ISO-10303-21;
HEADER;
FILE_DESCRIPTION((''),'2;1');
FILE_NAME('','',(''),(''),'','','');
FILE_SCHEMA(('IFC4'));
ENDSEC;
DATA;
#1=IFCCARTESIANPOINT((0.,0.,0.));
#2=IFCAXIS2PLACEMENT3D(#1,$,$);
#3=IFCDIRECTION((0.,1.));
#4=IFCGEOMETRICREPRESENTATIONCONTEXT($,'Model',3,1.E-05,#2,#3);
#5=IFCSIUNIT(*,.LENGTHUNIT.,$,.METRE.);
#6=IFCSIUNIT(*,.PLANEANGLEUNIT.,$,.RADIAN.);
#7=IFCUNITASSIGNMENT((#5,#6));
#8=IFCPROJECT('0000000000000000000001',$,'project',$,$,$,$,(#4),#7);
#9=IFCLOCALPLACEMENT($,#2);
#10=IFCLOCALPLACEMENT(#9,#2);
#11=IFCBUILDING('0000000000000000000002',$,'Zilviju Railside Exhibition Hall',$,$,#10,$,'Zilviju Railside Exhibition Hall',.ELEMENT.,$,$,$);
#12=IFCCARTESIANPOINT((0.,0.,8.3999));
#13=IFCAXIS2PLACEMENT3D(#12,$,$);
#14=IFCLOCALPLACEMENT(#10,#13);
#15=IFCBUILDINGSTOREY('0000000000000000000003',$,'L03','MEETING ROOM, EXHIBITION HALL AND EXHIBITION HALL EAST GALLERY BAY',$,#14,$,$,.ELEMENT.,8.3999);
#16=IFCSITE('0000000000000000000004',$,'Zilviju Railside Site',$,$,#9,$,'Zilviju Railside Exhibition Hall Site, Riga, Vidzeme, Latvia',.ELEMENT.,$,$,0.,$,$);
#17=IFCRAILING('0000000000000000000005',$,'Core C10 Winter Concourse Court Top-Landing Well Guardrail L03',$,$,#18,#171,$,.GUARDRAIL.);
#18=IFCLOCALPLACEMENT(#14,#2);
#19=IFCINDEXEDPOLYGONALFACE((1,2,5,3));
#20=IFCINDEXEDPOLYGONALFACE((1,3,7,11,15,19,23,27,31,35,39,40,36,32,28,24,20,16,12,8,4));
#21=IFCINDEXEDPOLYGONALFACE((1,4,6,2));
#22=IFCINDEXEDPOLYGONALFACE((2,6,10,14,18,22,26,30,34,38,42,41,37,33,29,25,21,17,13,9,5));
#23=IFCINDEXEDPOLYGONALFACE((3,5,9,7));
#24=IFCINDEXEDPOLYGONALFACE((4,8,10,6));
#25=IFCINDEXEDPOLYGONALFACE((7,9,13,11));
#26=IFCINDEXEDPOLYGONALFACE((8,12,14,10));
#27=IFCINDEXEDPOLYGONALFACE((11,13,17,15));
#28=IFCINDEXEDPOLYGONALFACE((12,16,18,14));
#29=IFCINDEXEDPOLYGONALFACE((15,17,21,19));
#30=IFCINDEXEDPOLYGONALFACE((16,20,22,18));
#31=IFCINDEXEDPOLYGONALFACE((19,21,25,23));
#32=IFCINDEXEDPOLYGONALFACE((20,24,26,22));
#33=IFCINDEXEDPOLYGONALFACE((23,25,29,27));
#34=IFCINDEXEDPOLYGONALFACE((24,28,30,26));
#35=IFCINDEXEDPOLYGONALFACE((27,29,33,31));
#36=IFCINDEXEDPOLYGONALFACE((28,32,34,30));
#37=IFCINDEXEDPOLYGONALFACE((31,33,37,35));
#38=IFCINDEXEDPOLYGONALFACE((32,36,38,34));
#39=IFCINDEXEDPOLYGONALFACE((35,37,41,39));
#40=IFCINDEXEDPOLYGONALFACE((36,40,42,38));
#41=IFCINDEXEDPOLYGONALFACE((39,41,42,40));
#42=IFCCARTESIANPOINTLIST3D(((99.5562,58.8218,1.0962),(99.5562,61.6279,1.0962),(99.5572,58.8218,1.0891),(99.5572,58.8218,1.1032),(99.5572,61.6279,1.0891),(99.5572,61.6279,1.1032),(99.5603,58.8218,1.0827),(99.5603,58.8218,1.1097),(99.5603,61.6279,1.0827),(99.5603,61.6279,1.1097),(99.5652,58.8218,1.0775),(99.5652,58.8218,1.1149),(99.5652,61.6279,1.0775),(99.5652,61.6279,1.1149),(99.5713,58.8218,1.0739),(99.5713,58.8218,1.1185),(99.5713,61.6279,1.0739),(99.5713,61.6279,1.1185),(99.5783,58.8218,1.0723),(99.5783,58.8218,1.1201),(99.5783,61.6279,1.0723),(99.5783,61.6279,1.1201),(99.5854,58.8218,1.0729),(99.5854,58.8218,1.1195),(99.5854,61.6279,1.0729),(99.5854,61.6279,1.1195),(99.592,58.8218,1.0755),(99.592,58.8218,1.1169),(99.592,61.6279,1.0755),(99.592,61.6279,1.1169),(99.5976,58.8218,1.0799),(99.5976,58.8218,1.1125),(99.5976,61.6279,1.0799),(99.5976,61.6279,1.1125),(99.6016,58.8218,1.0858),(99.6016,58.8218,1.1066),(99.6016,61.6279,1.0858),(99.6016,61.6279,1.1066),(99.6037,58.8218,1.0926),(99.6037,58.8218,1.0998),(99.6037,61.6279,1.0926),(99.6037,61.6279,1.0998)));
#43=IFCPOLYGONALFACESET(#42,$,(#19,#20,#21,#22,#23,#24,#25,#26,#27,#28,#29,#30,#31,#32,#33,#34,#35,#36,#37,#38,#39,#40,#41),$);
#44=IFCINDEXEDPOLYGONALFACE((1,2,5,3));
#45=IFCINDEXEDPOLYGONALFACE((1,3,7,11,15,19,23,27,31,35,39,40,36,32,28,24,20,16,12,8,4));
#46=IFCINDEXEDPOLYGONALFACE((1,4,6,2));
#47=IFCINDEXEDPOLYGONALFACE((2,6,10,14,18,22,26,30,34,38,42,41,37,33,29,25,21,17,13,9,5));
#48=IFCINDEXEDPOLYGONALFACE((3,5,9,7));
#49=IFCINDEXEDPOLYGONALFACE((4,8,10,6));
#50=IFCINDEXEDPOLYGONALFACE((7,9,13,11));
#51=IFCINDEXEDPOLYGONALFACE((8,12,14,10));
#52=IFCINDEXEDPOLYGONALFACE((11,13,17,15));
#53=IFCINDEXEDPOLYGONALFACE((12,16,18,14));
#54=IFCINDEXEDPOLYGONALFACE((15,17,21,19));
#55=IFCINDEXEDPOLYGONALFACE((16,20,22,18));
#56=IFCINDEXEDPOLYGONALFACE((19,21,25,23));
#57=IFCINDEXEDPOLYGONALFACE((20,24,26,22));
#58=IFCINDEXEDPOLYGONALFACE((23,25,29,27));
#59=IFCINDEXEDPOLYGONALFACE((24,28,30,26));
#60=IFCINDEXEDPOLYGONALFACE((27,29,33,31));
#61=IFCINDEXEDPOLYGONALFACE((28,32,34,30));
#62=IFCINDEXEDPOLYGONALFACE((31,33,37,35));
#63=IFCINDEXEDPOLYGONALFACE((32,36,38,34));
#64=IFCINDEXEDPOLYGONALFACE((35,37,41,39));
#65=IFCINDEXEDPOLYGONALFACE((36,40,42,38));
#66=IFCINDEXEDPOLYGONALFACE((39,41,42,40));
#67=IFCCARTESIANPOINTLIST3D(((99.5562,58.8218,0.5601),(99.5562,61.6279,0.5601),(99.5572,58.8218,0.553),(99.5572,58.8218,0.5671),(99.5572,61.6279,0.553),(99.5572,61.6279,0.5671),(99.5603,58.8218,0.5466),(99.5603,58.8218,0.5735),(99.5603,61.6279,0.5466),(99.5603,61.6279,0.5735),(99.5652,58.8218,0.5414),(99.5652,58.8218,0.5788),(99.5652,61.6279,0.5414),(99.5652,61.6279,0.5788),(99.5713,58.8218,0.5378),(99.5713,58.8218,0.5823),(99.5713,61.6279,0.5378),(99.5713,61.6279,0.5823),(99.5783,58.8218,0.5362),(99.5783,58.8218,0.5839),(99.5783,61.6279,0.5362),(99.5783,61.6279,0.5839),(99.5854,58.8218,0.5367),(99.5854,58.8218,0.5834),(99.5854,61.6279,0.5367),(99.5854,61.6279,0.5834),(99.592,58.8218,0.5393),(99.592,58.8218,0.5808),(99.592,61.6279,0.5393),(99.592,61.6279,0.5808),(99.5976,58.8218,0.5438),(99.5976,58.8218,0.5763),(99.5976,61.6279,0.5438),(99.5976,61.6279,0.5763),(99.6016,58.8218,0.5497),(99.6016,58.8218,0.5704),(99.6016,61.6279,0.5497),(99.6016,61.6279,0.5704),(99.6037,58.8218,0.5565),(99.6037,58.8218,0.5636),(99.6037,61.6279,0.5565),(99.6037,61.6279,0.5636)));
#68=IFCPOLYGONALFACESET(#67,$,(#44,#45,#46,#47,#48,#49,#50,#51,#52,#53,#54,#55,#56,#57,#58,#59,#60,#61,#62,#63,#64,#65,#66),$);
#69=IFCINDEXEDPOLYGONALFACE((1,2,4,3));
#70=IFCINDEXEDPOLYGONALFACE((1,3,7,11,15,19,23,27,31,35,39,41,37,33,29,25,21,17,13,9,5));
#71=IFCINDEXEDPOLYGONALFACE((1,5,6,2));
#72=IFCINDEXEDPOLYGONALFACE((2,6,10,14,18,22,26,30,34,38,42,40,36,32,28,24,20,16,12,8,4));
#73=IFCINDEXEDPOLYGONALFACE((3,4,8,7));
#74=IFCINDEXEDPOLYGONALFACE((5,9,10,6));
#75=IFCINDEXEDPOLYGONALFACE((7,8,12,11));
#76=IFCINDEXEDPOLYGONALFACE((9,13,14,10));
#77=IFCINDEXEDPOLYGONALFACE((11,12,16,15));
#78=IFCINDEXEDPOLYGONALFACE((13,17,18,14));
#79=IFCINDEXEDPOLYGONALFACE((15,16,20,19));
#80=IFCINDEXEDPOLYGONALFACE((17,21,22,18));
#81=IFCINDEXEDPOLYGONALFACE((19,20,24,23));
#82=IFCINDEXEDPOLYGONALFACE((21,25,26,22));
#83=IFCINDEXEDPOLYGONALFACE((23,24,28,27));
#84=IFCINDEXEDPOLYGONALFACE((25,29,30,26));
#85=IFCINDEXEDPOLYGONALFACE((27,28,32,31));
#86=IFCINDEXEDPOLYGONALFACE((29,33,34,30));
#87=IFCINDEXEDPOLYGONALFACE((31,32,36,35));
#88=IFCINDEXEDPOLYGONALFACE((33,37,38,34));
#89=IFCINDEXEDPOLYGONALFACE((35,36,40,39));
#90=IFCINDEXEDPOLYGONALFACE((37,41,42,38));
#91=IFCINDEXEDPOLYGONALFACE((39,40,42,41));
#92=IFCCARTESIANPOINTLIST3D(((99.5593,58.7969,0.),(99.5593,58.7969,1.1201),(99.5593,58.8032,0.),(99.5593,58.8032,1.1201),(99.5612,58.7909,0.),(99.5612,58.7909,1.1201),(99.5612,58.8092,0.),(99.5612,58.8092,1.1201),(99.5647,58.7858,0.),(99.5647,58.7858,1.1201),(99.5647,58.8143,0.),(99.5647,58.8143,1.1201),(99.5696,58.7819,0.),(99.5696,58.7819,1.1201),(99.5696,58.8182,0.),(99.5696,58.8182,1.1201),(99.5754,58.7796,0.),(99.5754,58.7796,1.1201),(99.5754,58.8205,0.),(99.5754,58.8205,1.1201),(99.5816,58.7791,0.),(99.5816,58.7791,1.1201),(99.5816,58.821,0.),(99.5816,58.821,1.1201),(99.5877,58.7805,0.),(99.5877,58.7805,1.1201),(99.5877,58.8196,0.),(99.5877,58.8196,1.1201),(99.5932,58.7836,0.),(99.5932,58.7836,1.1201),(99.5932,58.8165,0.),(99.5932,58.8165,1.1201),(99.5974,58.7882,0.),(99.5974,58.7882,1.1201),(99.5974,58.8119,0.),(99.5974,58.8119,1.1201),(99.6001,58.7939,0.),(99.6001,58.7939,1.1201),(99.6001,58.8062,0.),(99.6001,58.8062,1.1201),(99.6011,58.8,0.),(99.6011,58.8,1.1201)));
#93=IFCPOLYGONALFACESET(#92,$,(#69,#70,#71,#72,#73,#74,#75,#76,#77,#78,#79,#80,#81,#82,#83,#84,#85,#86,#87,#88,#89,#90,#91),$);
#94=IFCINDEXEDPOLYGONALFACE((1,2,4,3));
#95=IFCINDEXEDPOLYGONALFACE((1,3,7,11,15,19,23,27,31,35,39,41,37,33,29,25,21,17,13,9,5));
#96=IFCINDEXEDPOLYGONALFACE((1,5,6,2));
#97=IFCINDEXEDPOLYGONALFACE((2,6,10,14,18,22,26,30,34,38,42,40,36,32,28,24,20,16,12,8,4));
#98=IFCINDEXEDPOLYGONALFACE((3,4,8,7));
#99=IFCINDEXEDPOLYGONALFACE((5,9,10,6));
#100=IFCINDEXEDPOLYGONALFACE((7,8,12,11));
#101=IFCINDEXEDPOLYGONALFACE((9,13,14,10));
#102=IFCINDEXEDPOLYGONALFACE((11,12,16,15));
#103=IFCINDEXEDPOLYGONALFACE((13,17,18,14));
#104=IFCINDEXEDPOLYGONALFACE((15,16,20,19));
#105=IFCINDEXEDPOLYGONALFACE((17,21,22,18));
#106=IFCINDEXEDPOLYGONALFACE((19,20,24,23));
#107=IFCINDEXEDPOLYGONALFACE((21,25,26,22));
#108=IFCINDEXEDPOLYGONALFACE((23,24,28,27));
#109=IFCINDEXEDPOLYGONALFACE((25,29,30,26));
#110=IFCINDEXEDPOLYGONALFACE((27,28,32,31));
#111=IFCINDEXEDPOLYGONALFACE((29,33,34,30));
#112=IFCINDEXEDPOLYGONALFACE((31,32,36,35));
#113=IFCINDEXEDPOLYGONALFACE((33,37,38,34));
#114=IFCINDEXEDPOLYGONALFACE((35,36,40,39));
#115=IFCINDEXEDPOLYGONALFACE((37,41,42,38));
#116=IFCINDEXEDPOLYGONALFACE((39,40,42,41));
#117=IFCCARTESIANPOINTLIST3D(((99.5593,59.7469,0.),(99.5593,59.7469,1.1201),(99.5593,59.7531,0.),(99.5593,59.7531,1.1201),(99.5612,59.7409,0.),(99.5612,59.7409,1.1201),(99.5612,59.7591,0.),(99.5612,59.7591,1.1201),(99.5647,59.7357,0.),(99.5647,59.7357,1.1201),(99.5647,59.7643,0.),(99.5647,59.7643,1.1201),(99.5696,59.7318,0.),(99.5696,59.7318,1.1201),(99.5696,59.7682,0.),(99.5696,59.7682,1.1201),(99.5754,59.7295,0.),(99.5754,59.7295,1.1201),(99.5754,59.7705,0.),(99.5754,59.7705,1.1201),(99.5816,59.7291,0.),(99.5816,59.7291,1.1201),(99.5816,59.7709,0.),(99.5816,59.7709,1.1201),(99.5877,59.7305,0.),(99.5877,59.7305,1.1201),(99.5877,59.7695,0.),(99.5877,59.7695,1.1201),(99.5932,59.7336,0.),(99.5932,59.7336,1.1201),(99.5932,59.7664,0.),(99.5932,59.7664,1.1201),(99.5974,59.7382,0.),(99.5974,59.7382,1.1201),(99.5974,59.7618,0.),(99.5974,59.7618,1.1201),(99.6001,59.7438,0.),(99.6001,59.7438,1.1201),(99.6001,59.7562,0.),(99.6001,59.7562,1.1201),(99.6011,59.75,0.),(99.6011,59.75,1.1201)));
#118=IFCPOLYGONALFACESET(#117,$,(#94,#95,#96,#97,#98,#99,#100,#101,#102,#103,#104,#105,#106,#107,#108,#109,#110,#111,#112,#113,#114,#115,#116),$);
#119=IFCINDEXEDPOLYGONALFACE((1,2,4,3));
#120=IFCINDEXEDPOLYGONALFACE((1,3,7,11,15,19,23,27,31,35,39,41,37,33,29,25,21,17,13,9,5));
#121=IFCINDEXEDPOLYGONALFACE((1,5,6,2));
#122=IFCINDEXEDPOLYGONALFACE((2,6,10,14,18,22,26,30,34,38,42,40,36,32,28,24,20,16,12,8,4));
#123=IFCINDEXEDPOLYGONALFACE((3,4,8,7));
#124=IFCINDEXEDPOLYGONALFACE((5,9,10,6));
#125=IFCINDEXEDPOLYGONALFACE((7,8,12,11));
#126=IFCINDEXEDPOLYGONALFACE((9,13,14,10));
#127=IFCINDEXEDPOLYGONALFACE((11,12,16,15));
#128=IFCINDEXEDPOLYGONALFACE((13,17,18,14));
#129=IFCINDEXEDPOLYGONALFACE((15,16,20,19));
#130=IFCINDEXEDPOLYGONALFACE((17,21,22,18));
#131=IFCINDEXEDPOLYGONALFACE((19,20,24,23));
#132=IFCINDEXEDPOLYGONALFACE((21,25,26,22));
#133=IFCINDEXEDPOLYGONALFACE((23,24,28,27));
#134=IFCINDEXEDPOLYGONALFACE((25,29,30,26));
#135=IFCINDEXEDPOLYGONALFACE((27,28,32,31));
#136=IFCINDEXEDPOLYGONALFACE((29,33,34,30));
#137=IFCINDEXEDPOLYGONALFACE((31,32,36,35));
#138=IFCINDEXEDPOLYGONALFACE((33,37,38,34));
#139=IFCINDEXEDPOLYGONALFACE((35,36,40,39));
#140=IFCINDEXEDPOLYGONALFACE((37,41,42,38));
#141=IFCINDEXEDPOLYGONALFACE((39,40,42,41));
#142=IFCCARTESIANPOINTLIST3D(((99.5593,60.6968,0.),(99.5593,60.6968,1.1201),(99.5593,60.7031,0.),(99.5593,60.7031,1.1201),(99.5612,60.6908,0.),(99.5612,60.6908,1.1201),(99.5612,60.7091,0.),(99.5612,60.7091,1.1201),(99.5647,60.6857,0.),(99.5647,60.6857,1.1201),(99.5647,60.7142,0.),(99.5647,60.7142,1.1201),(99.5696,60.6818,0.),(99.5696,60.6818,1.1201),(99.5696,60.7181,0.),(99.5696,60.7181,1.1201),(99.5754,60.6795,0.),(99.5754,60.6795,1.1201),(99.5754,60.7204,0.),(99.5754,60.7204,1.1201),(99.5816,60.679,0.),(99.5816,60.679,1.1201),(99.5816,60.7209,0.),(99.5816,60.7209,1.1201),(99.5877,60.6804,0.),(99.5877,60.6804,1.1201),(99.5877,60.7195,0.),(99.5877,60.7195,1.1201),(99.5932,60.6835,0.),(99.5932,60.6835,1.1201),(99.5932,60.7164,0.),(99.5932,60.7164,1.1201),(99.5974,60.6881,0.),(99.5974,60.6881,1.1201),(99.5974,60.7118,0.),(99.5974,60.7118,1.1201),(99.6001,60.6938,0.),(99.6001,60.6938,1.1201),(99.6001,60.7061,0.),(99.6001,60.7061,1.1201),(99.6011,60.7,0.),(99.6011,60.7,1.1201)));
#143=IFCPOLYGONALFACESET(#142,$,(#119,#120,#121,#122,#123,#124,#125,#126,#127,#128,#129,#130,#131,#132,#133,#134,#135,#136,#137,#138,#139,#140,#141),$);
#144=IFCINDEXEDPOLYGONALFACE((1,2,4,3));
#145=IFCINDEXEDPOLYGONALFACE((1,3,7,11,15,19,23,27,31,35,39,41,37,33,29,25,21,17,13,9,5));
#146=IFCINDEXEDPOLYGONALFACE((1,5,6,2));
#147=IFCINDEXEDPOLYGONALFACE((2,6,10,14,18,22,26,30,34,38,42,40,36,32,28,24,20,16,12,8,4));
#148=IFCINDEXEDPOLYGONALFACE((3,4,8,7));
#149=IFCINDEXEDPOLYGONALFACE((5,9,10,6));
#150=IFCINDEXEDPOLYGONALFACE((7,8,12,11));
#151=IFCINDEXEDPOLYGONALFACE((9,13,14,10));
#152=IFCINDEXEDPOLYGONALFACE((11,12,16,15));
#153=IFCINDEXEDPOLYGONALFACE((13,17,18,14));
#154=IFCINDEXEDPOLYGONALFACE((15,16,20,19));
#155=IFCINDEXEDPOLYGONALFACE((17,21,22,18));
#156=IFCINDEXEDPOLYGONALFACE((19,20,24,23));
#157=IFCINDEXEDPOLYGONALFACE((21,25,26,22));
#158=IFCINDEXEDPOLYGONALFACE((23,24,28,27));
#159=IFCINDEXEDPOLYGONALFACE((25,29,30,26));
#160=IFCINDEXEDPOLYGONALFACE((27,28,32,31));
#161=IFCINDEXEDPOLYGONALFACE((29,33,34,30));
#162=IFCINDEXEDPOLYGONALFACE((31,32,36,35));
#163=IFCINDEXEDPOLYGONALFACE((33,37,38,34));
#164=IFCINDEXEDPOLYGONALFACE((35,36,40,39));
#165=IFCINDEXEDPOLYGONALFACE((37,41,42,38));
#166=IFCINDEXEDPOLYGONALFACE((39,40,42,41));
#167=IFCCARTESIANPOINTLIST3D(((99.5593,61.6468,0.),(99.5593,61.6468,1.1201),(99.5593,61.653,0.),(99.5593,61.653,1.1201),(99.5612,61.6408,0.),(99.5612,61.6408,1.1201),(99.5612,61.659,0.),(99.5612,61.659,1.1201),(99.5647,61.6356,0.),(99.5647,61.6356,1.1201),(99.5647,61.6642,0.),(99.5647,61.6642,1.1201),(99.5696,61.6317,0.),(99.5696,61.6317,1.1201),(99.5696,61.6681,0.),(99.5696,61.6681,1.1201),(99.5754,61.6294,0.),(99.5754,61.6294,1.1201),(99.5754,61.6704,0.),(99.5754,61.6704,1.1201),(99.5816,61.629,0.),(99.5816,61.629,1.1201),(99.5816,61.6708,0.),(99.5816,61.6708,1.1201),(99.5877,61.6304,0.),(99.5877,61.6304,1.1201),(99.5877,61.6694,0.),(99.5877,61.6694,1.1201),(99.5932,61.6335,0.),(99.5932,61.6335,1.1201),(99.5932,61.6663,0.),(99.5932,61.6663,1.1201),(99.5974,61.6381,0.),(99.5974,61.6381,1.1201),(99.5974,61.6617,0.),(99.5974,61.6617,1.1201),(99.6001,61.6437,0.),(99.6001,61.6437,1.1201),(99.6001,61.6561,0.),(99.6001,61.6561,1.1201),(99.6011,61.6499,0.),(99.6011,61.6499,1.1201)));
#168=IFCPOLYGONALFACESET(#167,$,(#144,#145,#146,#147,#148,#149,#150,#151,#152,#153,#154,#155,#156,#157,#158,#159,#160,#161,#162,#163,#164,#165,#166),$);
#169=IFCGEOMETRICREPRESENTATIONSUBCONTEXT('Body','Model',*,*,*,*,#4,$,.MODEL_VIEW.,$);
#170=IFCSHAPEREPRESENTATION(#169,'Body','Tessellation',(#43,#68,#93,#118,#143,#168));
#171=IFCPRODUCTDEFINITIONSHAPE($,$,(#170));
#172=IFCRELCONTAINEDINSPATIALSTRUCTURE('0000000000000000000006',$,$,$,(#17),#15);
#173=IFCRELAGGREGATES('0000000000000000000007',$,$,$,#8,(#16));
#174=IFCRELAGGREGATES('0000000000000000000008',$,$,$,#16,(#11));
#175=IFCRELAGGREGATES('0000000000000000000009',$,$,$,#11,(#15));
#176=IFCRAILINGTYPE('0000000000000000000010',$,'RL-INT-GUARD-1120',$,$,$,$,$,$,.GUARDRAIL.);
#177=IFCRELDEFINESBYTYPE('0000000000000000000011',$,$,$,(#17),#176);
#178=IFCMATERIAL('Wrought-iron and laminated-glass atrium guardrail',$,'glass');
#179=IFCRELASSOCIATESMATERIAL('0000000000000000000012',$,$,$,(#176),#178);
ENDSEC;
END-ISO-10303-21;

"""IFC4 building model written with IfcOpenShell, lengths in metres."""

from ifc_helpers import new_model, si_unit, direction, frame, origin, origin_2d, place, context, subcontext, project, spatial, circle, extrude, material, type_object, element, save


model = new_model("IFC4")

# Units and contexts
model_context = context("Model", 3, precision=1e-05, world=origin(), true_north=direction((0.0, 1.0)))
body_context = subcontext(model_context, "Body", "Model", "MODEL_VIEW")
ifc_project = project(units=[si_unit("LENGTHUNIT", "METRE"), si_unit("PLANEANGLEUNIT", "RADIAN")], contexts=[model_context])

# Site, building, storey
site_placement = place(None, origin())
site = spatial("IfcSite", under=ifc_project, at=site_placement, Name="Zilviju Railside Site", LongName="Zilviju Railside Exhibition Hall Site, Riga, Vidzeme, Latvia", CompositionType="ELEMENT", RefElevation=0.0)
building_placement = place(site_placement, origin())
building = spatial("IfcBuilding", under=site, at=building_placement, Name="Zilviju Railside Exhibition Hall", LongName="Zilviju Railside Exhibition Hall", CompositionType="ELEMENT")
storey_placement = place(building_placement, frame((0.0, 0.0, 8.3999)))
storey = spatial("IfcBuildingStorey", under=building, at=storey_placement, Name="L03", Description="MEETING ROOM, EXHIBITION HALL AND EXHIBITION HALL EAST GALLERY BAY", CompositionType="ELEMENT", Elevation=8.3999)

# Railing
ifc_material_1 = material(Name="Wrought-iron and laminated-glass atrium guardrail", Category="glass")
railing_type_1 = type_object("IfcRailingType", Name="RL-INT-GUARD-1120", PredefinedType="GUARDRAIL", material=ifc_material_1)
railing_1_placement = place(storey_placement, frame((99.5801, 58.8, 0.0)))
element("IfcRailing", 1, at=railing_1_placement, inside=storey, type_object=railing_type_1, Name="Core C10 Winter Concourse Court Top-Landing Well Guardrail L03", PredefinedType="GUARDRAIL", context=body_context, shape_type="SweptSolid", body=[
    extrude(circle(Radius=0.0239, at=origin_2d()), frame((0.0, 0.0217, 1.0962), z_axis=(0.0, 1.0, 0.0), x_axis=(-1.0, 0.0, 0.0)), (0.0, 0.0, 1.0), 2.8062),
    extrude(circle(Radius=0.0239, at=origin_2d()), frame((0.0, 0.0217, 0.5601), z_axis=(0.0, 1.0, 0.0), x_axis=(-1.0, 0.0, 0.0)), (0.0, 0.0, 1.0), 2.8062),
    extrude(circle(Radius=0.021, at=origin_2d()), origin(), (0.0, 0.0, 1.0), 1.1201),
    extrude(circle(Radius=0.021, at=origin_2d()), frame((0.0, 0.95, 0.0)), (0.0, 0.0, 1.0), 1.1201),
    extrude(circle(Radius=0.021, at=origin_2d()), frame((0.0, 1.8999, 0.0)), (0.0, 0.0, 1.0), 1.1201),
    extrude(circle(Radius=0.021, at=origin_2d()), frame((0.0, 2.8499, 0.0)), (0.0, 0.0, 1.0), 1.1201),
])

save(model, "model.ifc")
